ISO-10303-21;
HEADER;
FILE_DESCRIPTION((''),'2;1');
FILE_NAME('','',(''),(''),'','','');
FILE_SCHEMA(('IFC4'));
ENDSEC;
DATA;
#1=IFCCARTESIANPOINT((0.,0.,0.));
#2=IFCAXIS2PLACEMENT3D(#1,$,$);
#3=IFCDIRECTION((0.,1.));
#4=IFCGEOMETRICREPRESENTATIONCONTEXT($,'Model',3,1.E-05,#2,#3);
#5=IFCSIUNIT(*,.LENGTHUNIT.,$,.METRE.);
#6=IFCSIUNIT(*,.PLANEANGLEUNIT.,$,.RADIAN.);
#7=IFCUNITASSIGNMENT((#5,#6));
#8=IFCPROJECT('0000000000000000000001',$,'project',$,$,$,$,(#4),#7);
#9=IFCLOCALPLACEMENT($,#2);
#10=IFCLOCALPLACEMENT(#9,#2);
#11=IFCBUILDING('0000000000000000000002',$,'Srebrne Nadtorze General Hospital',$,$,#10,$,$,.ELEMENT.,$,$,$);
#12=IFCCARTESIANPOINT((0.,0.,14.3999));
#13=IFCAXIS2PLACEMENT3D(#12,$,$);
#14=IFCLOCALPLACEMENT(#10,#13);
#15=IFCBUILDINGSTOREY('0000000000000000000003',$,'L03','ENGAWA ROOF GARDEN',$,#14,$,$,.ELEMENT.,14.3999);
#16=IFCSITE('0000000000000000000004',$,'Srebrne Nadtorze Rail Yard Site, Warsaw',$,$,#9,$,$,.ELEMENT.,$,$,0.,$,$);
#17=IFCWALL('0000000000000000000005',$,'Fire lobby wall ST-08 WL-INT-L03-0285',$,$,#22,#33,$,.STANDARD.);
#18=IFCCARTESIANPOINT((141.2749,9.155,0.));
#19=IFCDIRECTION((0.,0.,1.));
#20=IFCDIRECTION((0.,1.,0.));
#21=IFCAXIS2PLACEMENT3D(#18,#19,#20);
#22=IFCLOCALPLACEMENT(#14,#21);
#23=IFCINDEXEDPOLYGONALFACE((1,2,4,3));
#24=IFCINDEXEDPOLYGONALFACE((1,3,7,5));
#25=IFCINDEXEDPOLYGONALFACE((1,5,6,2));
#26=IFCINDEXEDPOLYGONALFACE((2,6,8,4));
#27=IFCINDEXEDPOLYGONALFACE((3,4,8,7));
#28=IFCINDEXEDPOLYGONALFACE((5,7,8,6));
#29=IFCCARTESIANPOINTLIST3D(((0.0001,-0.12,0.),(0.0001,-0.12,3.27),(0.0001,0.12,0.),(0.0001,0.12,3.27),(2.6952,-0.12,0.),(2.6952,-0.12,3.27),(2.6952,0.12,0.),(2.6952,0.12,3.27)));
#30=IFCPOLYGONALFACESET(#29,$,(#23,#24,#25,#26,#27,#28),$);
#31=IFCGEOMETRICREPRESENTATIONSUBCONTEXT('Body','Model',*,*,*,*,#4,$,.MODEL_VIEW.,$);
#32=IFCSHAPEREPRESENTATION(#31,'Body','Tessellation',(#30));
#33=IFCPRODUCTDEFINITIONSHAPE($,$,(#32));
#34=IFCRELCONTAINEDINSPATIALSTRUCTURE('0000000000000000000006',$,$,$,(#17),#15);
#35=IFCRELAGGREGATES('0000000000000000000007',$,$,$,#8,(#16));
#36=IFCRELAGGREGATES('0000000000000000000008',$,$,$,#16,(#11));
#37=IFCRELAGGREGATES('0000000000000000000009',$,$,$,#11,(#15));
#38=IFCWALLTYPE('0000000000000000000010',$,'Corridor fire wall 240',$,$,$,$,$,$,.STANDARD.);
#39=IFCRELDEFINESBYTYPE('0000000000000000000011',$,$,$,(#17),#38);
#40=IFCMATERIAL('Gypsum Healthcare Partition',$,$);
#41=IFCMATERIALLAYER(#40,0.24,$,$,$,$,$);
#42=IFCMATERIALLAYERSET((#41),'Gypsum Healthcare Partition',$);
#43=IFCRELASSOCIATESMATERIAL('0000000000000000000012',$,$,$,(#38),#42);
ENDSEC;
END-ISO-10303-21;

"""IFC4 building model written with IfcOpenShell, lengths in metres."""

from ifc_helpers import new_model, si_unit, direction, frame, frame_2d, origin, place, context, subcontext, project, spatial, rectangle, extrude, material, layer, layer_set, type_object, element, save


model = new_model("IFC4")

# Units and contexts
model_context = context("Model", 3, precision=1e-05, world=origin(), true_north=direction((0.0, 1.0)))
body_context = subcontext(model_context, "Body", "Model", "MODEL_VIEW")
ifc_project = project(units=[si_unit("LENGTHUNIT", "METRE"), si_unit("PLANEANGLEUNIT", "RADIAN")], contexts=[model_context])

# Site, building, storey
site_placement = place(None, origin())
site = spatial("IfcSite", under=ifc_project, at=site_placement, Name="Srebrne Nadtorze Rail Yard Site, Warsaw", CompositionType="ELEMENT", RefElevation=0.0)
building_placement = place(site_placement, origin())
building = spatial("IfcBuilding", under=site, at=building_placement, Name="Srebrne Nadtorze General Hospital", CompositionType="ELEMENT")
storey_placement = place(building_placement, frame((0.0, 0.0, 14.3999)))
storey = spatial("IfcBuildingStorey", under=building, at=storey_placement, Name="L03", Description="ENGAWA ROOF GARDEN", CompositionType="ELEMENT", Elevation=14.3999)

# Wall
ifc_material_1 = material(Name="Gypsum Healthcare Partition")
ifc_layer_1 = layer(ifc_material_1, 0.24)
ifc_layer_set_1 = layer_set([ifc_layer_1], Name="Gypsum Healthcare Partition")
wall_type_1 = type_object("IfcWallType", Name="Corridor fire wall 240", PredefinedType="STANDARD", material=ifc_layer_set_1)
wall_1_placement = place(storey_placement, frame((141.2749, 9.155, 0.0), z_axis=(0.0, 0.0, 1.0), x_axis=(0.0, 1.0, 0.0)))
element("IfcWall", 1, at=wall_1_placement, inside=storey, type_object=wall_type_1, Name="Fire lobby wall ST-08 WL-INT-L03-0285", PredefinedType="STANDARD", context=body_context, shape_type="SweptSolid", body=[
    extrude(rectangle(XDim=2.6951, YDim=0.24, at=frame_2d((1.3477, 0.0))), origin(), (0.0, 0.0, 1.0), 3.27),
])

save(model, "model.ifc")
